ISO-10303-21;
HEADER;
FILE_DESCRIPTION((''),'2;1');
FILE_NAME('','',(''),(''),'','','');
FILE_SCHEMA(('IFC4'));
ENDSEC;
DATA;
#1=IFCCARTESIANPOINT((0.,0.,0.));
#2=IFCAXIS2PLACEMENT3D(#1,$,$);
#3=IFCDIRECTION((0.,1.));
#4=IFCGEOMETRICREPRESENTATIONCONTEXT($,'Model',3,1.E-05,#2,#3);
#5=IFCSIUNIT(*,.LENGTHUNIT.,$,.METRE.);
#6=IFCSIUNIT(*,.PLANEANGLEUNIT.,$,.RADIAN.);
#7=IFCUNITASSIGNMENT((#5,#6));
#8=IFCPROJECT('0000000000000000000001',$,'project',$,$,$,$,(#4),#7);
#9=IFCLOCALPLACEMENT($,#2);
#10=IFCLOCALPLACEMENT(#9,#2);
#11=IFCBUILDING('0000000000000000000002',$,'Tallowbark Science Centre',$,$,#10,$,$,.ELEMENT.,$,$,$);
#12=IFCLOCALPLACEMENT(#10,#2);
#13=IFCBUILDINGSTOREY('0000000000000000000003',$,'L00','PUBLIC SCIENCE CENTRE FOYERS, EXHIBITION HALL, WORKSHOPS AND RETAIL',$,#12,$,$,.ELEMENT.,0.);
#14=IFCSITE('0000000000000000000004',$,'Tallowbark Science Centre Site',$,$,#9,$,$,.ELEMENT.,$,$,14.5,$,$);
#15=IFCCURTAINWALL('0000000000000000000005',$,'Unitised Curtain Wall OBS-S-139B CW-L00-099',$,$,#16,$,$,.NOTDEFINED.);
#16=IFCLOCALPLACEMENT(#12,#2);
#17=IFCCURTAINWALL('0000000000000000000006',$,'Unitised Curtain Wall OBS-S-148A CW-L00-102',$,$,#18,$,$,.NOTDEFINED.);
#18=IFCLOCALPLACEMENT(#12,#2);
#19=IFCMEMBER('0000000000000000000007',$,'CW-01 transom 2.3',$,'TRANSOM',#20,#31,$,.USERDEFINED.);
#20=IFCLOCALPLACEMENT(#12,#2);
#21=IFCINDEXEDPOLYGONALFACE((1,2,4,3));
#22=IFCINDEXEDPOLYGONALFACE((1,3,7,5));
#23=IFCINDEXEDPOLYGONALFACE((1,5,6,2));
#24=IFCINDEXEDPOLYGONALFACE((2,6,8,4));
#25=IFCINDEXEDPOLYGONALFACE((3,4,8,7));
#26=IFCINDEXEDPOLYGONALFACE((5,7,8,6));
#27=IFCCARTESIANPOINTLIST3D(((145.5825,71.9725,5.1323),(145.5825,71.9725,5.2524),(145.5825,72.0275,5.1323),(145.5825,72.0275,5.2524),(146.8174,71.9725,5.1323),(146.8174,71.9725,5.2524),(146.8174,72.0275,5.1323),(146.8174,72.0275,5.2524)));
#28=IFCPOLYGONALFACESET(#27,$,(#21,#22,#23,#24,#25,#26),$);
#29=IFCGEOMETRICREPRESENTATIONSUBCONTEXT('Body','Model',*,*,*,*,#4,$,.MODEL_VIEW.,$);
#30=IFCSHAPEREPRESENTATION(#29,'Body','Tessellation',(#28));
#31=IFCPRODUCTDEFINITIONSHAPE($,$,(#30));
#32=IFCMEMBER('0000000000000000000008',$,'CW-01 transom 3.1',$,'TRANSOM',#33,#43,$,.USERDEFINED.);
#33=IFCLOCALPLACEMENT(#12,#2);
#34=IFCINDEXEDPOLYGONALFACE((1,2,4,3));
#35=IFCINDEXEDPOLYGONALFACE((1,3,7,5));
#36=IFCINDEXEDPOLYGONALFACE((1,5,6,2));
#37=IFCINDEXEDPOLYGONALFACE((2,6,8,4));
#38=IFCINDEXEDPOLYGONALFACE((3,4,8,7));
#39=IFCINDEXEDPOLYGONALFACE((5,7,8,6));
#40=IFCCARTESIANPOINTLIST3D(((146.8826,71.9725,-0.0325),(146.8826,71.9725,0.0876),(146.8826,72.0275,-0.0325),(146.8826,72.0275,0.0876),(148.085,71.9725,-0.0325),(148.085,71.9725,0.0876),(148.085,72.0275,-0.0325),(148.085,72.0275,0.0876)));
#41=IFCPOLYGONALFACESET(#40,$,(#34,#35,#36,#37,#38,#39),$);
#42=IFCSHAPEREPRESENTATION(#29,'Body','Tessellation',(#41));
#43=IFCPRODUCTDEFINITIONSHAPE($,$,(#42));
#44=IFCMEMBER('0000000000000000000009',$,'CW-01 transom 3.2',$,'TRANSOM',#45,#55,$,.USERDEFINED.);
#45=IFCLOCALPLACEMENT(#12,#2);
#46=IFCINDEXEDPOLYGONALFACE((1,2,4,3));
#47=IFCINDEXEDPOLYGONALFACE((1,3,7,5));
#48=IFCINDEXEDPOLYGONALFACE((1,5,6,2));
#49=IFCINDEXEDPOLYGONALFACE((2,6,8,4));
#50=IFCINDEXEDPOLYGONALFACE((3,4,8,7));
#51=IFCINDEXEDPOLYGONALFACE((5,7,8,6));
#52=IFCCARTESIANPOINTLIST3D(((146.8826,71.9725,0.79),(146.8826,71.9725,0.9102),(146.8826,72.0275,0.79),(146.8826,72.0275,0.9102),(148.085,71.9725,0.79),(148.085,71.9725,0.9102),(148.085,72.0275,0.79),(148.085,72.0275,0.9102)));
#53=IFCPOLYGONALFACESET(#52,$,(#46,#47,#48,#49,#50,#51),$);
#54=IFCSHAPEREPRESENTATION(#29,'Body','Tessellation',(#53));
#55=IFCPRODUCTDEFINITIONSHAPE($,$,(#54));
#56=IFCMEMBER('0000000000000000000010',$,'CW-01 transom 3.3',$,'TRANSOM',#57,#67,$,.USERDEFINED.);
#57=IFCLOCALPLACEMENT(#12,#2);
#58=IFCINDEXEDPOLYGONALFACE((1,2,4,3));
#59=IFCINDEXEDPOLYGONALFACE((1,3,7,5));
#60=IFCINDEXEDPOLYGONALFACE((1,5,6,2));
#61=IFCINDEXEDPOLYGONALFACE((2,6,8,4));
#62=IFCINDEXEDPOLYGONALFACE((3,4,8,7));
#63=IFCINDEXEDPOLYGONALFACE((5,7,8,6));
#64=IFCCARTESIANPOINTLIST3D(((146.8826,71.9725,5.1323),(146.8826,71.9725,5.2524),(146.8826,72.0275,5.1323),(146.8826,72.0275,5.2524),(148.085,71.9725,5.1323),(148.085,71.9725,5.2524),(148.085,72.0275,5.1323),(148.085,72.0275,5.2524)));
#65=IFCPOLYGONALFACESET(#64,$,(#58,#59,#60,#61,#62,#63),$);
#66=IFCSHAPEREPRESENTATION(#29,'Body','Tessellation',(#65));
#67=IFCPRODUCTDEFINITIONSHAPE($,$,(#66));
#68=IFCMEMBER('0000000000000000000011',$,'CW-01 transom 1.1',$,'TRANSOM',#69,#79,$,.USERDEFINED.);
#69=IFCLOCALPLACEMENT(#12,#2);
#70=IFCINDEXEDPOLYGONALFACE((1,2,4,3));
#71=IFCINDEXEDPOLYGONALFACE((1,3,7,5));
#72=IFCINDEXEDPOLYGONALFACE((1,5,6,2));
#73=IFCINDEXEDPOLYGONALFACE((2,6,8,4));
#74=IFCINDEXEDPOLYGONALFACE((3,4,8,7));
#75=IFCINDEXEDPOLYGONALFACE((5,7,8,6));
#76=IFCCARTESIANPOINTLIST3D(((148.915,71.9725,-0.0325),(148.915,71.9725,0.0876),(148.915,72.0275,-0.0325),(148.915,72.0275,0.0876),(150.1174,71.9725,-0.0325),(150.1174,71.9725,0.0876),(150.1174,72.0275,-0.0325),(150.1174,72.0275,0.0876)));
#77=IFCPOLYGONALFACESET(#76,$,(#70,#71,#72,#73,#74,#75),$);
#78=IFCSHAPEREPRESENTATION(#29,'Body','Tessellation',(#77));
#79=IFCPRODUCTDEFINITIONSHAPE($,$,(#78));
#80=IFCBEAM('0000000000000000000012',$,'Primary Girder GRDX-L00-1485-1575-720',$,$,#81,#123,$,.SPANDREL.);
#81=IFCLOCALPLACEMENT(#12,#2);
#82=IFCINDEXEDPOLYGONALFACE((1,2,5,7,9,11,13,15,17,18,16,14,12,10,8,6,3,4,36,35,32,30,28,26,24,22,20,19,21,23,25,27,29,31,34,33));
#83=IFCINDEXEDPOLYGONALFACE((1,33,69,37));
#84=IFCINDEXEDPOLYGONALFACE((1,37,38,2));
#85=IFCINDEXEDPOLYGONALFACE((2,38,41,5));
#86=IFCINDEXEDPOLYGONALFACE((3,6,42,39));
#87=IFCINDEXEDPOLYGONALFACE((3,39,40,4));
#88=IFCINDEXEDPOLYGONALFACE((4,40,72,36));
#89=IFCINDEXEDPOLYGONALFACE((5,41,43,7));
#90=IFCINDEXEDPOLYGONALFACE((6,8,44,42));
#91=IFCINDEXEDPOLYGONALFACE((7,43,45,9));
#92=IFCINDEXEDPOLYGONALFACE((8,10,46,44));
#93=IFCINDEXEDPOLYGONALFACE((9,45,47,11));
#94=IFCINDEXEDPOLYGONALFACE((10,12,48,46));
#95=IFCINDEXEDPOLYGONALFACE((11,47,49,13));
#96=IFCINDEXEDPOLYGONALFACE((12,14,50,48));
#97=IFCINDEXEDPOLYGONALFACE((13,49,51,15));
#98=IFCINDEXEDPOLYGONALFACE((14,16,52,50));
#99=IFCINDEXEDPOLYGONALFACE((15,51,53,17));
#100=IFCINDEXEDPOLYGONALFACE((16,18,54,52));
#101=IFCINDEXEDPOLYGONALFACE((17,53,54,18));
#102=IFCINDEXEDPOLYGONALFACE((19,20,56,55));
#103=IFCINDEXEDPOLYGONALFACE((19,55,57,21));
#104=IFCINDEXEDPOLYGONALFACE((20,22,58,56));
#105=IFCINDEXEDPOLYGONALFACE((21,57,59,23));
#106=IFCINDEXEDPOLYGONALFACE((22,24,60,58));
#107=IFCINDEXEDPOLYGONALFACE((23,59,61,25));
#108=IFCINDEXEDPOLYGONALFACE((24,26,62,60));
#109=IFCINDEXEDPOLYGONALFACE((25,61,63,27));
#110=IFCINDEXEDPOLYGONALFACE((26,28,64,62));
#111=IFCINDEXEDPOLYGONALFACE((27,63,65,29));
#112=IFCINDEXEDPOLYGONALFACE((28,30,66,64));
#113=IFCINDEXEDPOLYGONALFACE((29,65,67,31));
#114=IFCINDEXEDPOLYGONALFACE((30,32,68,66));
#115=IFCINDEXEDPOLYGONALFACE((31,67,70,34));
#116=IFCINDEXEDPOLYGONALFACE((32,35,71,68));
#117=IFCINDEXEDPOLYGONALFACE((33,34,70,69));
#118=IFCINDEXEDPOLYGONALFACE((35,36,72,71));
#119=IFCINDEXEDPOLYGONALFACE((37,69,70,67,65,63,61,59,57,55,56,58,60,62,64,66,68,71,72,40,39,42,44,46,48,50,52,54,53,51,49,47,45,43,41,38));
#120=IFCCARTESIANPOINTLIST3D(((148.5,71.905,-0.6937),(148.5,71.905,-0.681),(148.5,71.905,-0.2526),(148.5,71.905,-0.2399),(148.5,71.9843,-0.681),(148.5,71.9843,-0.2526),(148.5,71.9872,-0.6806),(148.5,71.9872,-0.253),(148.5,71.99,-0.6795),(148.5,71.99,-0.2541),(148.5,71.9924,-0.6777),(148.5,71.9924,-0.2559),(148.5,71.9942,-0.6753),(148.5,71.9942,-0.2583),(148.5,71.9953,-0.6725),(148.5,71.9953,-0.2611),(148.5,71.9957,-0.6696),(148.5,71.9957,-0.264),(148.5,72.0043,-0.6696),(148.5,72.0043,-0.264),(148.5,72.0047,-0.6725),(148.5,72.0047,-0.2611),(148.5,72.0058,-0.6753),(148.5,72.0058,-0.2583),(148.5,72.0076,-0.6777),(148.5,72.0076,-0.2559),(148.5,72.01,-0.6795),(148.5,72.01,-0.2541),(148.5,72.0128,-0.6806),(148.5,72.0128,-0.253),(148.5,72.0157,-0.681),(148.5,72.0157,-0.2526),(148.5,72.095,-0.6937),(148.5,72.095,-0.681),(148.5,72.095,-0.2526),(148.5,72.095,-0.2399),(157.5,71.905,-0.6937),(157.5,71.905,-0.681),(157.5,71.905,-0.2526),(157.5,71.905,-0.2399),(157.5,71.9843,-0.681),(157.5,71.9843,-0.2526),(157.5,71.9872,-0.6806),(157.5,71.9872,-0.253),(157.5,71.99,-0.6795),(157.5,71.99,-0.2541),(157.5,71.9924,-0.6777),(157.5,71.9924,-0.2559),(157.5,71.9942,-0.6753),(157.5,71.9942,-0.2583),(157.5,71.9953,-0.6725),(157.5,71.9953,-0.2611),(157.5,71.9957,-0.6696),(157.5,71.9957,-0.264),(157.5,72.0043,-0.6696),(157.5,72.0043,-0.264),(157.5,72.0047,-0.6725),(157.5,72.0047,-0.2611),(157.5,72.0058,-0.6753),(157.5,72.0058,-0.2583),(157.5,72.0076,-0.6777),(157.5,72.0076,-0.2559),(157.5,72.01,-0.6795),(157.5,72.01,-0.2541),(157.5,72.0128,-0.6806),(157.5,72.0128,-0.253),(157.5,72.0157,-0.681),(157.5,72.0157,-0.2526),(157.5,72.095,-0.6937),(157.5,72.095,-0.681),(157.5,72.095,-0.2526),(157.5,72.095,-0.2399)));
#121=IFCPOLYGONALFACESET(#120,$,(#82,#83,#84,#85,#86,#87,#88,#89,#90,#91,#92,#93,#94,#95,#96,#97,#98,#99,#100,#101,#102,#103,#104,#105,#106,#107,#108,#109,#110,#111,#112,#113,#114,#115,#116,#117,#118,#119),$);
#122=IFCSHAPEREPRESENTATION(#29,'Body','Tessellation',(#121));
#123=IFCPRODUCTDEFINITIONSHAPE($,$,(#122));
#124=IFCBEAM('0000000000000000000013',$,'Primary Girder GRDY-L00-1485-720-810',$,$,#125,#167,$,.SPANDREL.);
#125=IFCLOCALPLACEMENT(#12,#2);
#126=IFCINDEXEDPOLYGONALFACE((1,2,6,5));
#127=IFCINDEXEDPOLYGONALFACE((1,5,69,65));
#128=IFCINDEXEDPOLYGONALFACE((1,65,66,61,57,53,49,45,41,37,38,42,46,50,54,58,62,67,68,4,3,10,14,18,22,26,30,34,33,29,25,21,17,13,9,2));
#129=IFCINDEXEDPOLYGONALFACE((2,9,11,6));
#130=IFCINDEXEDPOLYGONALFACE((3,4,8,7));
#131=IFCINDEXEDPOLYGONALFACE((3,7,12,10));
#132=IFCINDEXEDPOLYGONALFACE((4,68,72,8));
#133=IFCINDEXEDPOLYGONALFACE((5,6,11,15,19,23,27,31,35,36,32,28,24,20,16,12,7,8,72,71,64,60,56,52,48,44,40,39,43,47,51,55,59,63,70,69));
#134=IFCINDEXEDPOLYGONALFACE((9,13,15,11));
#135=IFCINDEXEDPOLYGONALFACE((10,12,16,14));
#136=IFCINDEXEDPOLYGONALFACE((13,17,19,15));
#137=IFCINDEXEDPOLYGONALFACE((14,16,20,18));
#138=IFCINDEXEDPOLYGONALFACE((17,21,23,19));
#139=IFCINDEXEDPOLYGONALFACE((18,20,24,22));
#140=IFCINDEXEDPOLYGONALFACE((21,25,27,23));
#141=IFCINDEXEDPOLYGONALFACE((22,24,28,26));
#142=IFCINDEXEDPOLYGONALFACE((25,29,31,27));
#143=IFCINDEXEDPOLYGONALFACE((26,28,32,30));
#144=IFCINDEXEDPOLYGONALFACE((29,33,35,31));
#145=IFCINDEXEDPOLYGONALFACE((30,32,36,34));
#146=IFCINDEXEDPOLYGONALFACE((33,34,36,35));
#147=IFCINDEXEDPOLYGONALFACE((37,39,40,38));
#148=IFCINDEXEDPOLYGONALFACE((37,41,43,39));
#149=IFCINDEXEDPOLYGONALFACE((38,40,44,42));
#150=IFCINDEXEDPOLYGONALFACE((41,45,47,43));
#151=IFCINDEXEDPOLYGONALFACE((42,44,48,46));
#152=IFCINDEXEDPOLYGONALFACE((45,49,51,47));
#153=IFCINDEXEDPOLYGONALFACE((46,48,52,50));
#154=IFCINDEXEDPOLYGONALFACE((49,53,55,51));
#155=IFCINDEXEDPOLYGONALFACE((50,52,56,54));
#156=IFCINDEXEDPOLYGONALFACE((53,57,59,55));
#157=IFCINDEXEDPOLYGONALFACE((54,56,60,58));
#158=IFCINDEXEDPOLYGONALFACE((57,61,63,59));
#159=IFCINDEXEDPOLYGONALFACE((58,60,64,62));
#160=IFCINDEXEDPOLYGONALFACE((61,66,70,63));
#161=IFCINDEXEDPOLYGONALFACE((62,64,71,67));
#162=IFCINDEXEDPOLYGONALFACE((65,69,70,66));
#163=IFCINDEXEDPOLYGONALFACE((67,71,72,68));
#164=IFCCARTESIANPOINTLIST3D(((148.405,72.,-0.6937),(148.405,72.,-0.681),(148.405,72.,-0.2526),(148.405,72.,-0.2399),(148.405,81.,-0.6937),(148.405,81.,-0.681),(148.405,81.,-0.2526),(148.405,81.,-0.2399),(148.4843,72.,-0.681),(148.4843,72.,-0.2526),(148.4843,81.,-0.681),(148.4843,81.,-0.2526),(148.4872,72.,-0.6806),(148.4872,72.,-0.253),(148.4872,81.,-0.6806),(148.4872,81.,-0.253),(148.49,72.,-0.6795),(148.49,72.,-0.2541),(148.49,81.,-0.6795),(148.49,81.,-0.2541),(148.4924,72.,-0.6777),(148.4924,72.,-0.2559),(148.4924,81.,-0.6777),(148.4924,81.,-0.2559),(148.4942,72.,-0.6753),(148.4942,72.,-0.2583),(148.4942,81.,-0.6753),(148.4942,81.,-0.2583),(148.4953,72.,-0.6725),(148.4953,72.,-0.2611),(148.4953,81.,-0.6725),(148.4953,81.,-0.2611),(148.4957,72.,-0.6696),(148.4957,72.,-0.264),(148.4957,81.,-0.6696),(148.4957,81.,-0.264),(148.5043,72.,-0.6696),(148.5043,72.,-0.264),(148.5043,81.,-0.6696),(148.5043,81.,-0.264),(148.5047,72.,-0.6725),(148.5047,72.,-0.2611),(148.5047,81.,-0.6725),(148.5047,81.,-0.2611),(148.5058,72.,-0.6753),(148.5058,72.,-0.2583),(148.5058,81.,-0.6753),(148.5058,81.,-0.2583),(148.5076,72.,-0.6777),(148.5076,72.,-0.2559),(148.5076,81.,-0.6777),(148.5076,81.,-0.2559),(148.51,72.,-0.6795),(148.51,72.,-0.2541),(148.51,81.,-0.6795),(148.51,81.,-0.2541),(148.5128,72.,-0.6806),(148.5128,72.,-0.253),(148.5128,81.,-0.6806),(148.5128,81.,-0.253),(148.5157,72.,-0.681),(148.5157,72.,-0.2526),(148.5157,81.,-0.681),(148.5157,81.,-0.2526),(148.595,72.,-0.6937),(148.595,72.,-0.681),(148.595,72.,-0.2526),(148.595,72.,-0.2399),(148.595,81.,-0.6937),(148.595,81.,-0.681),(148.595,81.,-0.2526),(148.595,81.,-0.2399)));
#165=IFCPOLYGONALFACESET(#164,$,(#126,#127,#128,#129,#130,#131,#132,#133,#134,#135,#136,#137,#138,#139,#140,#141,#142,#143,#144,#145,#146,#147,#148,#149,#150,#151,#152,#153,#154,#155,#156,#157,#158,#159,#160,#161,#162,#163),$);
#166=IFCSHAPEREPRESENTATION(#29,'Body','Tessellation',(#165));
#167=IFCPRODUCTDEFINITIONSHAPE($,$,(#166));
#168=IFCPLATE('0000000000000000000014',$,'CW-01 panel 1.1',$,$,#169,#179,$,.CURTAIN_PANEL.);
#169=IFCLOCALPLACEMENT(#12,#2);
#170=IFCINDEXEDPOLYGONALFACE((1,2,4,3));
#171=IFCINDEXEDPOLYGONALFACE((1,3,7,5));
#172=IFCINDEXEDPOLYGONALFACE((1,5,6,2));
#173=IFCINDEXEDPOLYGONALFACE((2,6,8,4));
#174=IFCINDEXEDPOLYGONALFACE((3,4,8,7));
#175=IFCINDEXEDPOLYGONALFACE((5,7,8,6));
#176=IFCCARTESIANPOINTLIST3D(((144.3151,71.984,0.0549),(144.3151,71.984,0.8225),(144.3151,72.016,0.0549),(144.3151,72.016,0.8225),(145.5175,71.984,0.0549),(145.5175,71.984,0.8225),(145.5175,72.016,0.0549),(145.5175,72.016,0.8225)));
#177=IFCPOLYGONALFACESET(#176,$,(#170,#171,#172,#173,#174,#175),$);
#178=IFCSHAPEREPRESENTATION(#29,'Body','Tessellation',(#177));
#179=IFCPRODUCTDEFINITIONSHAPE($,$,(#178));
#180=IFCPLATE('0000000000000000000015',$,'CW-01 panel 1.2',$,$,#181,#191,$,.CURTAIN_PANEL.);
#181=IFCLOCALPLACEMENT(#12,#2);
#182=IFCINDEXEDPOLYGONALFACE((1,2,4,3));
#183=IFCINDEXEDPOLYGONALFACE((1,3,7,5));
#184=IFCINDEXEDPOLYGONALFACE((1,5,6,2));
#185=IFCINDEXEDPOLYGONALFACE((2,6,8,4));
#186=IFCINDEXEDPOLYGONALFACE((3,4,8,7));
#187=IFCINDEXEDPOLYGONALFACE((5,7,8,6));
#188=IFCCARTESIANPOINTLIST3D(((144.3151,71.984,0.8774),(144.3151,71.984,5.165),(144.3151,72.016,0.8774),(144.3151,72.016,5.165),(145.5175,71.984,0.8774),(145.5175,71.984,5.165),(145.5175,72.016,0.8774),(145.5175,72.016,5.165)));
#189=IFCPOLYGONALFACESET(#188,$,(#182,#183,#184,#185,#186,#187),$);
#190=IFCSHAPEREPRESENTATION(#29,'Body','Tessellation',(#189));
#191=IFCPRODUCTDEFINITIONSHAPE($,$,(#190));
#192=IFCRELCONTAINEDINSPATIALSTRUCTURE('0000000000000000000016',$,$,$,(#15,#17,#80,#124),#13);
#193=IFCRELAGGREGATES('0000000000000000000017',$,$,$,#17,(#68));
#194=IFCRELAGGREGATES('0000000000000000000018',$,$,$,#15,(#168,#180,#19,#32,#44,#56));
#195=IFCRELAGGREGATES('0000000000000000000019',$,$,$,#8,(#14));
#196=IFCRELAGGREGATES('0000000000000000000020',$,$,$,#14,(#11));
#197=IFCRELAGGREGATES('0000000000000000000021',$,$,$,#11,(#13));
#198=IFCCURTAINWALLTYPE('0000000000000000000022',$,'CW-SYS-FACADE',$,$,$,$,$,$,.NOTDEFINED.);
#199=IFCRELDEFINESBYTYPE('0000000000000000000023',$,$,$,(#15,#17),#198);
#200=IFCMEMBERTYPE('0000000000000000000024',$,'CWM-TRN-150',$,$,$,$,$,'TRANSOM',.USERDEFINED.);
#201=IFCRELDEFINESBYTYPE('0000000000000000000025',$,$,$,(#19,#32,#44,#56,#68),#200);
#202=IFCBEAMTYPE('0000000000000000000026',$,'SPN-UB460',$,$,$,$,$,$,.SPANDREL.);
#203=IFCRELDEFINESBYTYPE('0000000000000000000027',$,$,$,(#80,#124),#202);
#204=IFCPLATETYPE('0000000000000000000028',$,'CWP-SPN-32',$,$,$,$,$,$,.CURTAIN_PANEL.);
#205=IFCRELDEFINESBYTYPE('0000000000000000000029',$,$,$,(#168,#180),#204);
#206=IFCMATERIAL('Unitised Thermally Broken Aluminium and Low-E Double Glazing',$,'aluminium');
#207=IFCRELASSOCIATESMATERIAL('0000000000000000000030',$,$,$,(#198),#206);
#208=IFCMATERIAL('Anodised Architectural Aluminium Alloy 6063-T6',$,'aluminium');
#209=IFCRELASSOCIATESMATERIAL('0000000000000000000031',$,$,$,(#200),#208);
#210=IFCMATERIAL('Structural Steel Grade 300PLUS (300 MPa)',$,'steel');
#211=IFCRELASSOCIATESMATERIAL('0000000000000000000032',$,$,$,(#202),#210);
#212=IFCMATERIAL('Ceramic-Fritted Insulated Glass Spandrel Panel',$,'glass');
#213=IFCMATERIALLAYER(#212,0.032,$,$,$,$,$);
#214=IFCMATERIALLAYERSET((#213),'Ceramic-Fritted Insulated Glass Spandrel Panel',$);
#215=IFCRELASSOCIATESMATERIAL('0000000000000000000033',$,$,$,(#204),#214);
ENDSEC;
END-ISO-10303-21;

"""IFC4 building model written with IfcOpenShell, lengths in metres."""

from ifc_helpers import new_model, si_unit, direction, frame, origin, origin_2d, place, context, subcontext, project, spatial, rectangle, i_section, extrude, material, layer, layer_set, material_profile, profile_set, type_object, element, aggregate, save


model = new_model("IFC4")

# Units and contexts
model_context = context("Model", 3, precision=1e-05, world=origin(), true_north=direction((0.0, 1.0)))
body_context = subcontext(model_context, "Body", "Model", "MODEL_VIEW")
ifc_project = project(units=[si_unit("LENGTHUNIT", "METRE"), si_unit("PLANEANGLEUNIT", "RADIAN")], contexts=[model_context])

# Site, building, storey
site_placement = place(None, origin())
site = spatial("IfcSite", under=ifc_project, at=site_placement, Name="Tallowbark Science Centre Site", CompositionType="ELEMENT", RefElevation=14.5)
building_placement = place(site_placement, origin())
building = spatial("IfcBuilding", under=site, at=building_placement, Name="Tallowbark Science Centre", CompositionType="ELEMENT")
storey_placement = place(building_placement, origin())
storey = spatial("IfcBuildingStorey", under=building, at=storey_placement, Name="L00", Description="PUBLIC SCIENCE CENTRE FOYERS, EXHIBITION HALL, WORKSHOPS AND RETAIL", CompositionType="ELEMENT", Elevation=0.0)

# Shared definitions
ifc_material_1 = material(Name="Structural Steel Grade 300PLUS (300 MPa)", Category="steel")

# Shared definitions
ifc_material_2 = material(Name="Unitised Thermally Broken Aluminium and Low-E Double Glazing", Category="aluminium")
curtain_wall_type = type_object("IfcCurtainWallType", Name="CW-SYS-FACADE", PredefinedType="NOTDEFINED", material=ifc_material_2)
ifc_material_3 = material(Name="Anodised Architectural Aluminium Alloy 6063-T6", Category="aluminium")

# Curtain wall
curtain_wall_1_placement = place(storey_placement, origin())
curtain_wall_1 = element("IfcCurtainWall", 1, at=curtain_wall_1_placement, inside=storey, type_object=curtain_wall_type, Name="Unitised Curtain Wall OBS-S-139B CW-L00-099", PredefinedType="NOTDEFINED")

# Curtain wall
curtain_wall_2_placement = place(storey_placement, origin())
curtain_wall_2 = element("IfcCurtainWall", 2, at=curtain_wall_2_placement, inside=storey, type_object=curtain_wall_type, Name="Unitised Curtain Wall OBS-S-148A CW-L00-102", PredefinedType="NOTDEFINED")

# Members
ifc_material_profile_1 = material_profile(ifc_material_3, rectangle(XDim=0.0549, YDim=0.1201, at=origin_2d()), Name="ALU55x120")
ifc_profile_set_1 = profile_set([ifc_material_profile_1], Name="Anodised Architectural Aluminium Alloy 6063-T6")
member_type_1 = type_object("IfcMemberType", Name="CWM-TRN-150", ElementType="TRANSOM", PredefinedType="USERDEFINED", material=ifc_profile_set_1)
member_1_placement = place(storey_placement, frame((145.5825, 72.0, 5.1924), z_axis=(1.0, 0.0, 0.0), x_axis=(0.0, 1.0, 0.0)))
member_1 = element("IfcMember", 3, at=member_1_placement, type_object=member_type_1, Name="CW-01 transom 2.3", ObjectType="TRANSOM", PredefinedType="USERDEFINED", context=body_context, shape_type="SweptSolid", body=[
    extrude(rectangle(XDim=0.0549, YDim=0.1201, at=origin_2d()), origin(), (0.0, 0.0, 1.0), 1.2349),
])
member_2_placement = place(storey_placement, frame((146.8826, 72.0, 0.0276), z_axis=(1.0, 0.0, 0.0), x_axis=(0.0, 1.0, 0.0)))
member_2 = element("IfcMember", 4, at=member_2_placement, type_object=member_type_1, Name="CW-01 transom 3.1", ObjectType="TRANSOM", PredefinedType="USERDEFINED", context=body_context, shape_type="SweptSolid", body=[
    extrude(rectangle(XDim=0.0549, YDim=0.1201, at=origin_2d()), origin(), (0.0, 0.0, 1.0), 1.2024),
])
member_3_placement = place(storey_placement, frame((146.8826, 72.0, 0.8501), z_axis=(1.0, 0.0, 0.0), x_axis=(0.0, 1.0, 0.0)))
member_3 = element("IfcMember", 5, at=member_3_placement, type_object=member_type_1, Name="CW-01 transom 3.2", ObjectType="TRANSOM", PredefinedType="USERDEFINED", context=body_context, shape_type="SweptSolid", body=[
    extrude(rectangle(XDim=0.0549, YDim=0.1201, at=origin_2d()), origin(), (0.0, 0.0, 1.0), 1.2024),
])
member_4_placement = place(storey_placement, frame((146.8826, 72.0, 5.1924), z_axis=(1.0, 0.0, 0.0), x_axis=(0.0, 1.0, 0.0)))
member_4 = element("IfcMember", 6, at=member_4_placement, type_object=member_type_1, Name="CW-01 transom 3.3", ObjectType="TRANSOM", PredefinedType="USERDEFINED", context=body_context, shape_type="SweptSolid", body=[
    extrude(rectangle(XDim=0.0549, YDim=0.1201, at=origin_2d()), origin(), (0.0, 0.0, 1.0), 1.2024),
])
member_5_placement = place(storey_placement, frame((148.915, 72.0, 0.0276), z_axis=(1.0, 0.0, 0.0), x_axis=(0.0, 1.0, 0.0)))
member_5 = element("IfcMember", 7, at=member_5_placement, type_object=member_type_1, Name="CW-01 transom 1.1", ObjectType="TRANSOM", PredefinedType="USERDEFINED", context=body_context, shape_type="SweptSolid", body=[
    extrude(rectangle(XDim=0.0549, YDim=0.1201, at=origin_2d()), origin(), (0.0, 0.0, 1.0), 1.2024),
])
aggregate(curtain_wall_2, [member_5])

# Beams
ifc_material_profile_2 = material_profile(ifc_material_1, i_section(OverallWidth=0.1899, OverallDepth=0.4539, WebThickness=0.0085, FlangeThickness=0.0127, FilletRadius=0.0115, at=origin_2d()), Name="460UB67.1")
ifc_profile_set_2 = profile_set([ifc_material_profile_2], Name="Structural Steel Grade 300PLUS (300 MPa)")
beam_type = type_object("IfcBeamType", Name="SPN-UB460", PredefinedType="SPANDREL", material=ifc_profile_set_2)
for number, where, z_axis, x_axis, name in (
    (8, (148.5, 72.0, -0.4668), (1.0, 0.0, 0.0), (0.0, 1.0, 0.0), "Primary Girder GRDX-L00-1485-1575-720"),
    (9, (148.5, 72.0, -0.4668), (0.0, 1.0, 0.0), (-1.0, 0.0, 0.0), "Primary Girder GRDY-L00-1485-720-810"),
):
    element("IfcBeam", number, at=place(storey_placement, frame(where, z_axis=z_axis, x_axis=x_axis)), inside=storey, type_object=beam_type, Name=name, PredefinedType="SPANDREL", context=body_context, shape_type="SweptSolid", body=[
        extrude(i_section(OverallWidth=0.1899, OverallDepth=0.4539, WebThickness=0.0085, FlangeThickness=0.0127, FilletRadius=0.0115, at=origin_2d()), origin(), (0.0, 0.0, 1.0), 9.0),
    ])

# Plates
ifc_material_4 = material(Name="Ceramic-Fritted Insulated Glass Spandrel Panel", Category="glass")
ifc_layer_1 = layer(ifc_material_4, 0.032)
ifc_layer_set_1 = layer_set([ifc_layer_1], Name="Ceramic-Fritted Insulated Glass Spandrel Panel")
plate_type = type_object("IfcPlateType", Name="CWP-SPN-32", PredefinedType="CURTAIN_PANEL", material=ifc_layer_set_1)
plate_1_placement = place(storey_placement, frame((144.9163, 72.0, 0.0549), z_axis=(0.0, 0.0, 1.0), x_axis=(1.0, 0.0, 0.0)))
plate_1 = element("IfcPlate", 10, at=plate_1_placement, type_object=plate_type, Name="CW-01 panel 1.1", PredefinedType="CURTAIN_PANEL", context=body_context, shape_type="SweptSolid", body=[
    extrude(rectangle(XDim=1.2024, YDim=0.032, at=origin_2d()), origin(), (0.0, 0.0, 1.0), 0.7676),
])
plate_2_placement = place(storey_placement, frame((144.9163, 72.0, 0.8774), z_axis=(0.0, 0.0, 1.0), x_axis=(1.0, 0.0, 0.0)))
plate_2 = element("IfcPlate", 11, at=plate_2_placement, type_object=plate_type, Name="CW-01 panel 1.2", PredefinedType="CURTAIN_PANEL", context=body_context, shape_type="SweptSolid", body=[
    extrude(rectangle(XDim=1.2024, YDim=0.032, at=origin_2d()), origin(), (0.0, 0.0, 1.0), 4.2876),
])
aggregate(curtain_wall_1, [plate_1, plate_2, member_1, member_2, member_3, member_4])

save(model, "model.ifc")
